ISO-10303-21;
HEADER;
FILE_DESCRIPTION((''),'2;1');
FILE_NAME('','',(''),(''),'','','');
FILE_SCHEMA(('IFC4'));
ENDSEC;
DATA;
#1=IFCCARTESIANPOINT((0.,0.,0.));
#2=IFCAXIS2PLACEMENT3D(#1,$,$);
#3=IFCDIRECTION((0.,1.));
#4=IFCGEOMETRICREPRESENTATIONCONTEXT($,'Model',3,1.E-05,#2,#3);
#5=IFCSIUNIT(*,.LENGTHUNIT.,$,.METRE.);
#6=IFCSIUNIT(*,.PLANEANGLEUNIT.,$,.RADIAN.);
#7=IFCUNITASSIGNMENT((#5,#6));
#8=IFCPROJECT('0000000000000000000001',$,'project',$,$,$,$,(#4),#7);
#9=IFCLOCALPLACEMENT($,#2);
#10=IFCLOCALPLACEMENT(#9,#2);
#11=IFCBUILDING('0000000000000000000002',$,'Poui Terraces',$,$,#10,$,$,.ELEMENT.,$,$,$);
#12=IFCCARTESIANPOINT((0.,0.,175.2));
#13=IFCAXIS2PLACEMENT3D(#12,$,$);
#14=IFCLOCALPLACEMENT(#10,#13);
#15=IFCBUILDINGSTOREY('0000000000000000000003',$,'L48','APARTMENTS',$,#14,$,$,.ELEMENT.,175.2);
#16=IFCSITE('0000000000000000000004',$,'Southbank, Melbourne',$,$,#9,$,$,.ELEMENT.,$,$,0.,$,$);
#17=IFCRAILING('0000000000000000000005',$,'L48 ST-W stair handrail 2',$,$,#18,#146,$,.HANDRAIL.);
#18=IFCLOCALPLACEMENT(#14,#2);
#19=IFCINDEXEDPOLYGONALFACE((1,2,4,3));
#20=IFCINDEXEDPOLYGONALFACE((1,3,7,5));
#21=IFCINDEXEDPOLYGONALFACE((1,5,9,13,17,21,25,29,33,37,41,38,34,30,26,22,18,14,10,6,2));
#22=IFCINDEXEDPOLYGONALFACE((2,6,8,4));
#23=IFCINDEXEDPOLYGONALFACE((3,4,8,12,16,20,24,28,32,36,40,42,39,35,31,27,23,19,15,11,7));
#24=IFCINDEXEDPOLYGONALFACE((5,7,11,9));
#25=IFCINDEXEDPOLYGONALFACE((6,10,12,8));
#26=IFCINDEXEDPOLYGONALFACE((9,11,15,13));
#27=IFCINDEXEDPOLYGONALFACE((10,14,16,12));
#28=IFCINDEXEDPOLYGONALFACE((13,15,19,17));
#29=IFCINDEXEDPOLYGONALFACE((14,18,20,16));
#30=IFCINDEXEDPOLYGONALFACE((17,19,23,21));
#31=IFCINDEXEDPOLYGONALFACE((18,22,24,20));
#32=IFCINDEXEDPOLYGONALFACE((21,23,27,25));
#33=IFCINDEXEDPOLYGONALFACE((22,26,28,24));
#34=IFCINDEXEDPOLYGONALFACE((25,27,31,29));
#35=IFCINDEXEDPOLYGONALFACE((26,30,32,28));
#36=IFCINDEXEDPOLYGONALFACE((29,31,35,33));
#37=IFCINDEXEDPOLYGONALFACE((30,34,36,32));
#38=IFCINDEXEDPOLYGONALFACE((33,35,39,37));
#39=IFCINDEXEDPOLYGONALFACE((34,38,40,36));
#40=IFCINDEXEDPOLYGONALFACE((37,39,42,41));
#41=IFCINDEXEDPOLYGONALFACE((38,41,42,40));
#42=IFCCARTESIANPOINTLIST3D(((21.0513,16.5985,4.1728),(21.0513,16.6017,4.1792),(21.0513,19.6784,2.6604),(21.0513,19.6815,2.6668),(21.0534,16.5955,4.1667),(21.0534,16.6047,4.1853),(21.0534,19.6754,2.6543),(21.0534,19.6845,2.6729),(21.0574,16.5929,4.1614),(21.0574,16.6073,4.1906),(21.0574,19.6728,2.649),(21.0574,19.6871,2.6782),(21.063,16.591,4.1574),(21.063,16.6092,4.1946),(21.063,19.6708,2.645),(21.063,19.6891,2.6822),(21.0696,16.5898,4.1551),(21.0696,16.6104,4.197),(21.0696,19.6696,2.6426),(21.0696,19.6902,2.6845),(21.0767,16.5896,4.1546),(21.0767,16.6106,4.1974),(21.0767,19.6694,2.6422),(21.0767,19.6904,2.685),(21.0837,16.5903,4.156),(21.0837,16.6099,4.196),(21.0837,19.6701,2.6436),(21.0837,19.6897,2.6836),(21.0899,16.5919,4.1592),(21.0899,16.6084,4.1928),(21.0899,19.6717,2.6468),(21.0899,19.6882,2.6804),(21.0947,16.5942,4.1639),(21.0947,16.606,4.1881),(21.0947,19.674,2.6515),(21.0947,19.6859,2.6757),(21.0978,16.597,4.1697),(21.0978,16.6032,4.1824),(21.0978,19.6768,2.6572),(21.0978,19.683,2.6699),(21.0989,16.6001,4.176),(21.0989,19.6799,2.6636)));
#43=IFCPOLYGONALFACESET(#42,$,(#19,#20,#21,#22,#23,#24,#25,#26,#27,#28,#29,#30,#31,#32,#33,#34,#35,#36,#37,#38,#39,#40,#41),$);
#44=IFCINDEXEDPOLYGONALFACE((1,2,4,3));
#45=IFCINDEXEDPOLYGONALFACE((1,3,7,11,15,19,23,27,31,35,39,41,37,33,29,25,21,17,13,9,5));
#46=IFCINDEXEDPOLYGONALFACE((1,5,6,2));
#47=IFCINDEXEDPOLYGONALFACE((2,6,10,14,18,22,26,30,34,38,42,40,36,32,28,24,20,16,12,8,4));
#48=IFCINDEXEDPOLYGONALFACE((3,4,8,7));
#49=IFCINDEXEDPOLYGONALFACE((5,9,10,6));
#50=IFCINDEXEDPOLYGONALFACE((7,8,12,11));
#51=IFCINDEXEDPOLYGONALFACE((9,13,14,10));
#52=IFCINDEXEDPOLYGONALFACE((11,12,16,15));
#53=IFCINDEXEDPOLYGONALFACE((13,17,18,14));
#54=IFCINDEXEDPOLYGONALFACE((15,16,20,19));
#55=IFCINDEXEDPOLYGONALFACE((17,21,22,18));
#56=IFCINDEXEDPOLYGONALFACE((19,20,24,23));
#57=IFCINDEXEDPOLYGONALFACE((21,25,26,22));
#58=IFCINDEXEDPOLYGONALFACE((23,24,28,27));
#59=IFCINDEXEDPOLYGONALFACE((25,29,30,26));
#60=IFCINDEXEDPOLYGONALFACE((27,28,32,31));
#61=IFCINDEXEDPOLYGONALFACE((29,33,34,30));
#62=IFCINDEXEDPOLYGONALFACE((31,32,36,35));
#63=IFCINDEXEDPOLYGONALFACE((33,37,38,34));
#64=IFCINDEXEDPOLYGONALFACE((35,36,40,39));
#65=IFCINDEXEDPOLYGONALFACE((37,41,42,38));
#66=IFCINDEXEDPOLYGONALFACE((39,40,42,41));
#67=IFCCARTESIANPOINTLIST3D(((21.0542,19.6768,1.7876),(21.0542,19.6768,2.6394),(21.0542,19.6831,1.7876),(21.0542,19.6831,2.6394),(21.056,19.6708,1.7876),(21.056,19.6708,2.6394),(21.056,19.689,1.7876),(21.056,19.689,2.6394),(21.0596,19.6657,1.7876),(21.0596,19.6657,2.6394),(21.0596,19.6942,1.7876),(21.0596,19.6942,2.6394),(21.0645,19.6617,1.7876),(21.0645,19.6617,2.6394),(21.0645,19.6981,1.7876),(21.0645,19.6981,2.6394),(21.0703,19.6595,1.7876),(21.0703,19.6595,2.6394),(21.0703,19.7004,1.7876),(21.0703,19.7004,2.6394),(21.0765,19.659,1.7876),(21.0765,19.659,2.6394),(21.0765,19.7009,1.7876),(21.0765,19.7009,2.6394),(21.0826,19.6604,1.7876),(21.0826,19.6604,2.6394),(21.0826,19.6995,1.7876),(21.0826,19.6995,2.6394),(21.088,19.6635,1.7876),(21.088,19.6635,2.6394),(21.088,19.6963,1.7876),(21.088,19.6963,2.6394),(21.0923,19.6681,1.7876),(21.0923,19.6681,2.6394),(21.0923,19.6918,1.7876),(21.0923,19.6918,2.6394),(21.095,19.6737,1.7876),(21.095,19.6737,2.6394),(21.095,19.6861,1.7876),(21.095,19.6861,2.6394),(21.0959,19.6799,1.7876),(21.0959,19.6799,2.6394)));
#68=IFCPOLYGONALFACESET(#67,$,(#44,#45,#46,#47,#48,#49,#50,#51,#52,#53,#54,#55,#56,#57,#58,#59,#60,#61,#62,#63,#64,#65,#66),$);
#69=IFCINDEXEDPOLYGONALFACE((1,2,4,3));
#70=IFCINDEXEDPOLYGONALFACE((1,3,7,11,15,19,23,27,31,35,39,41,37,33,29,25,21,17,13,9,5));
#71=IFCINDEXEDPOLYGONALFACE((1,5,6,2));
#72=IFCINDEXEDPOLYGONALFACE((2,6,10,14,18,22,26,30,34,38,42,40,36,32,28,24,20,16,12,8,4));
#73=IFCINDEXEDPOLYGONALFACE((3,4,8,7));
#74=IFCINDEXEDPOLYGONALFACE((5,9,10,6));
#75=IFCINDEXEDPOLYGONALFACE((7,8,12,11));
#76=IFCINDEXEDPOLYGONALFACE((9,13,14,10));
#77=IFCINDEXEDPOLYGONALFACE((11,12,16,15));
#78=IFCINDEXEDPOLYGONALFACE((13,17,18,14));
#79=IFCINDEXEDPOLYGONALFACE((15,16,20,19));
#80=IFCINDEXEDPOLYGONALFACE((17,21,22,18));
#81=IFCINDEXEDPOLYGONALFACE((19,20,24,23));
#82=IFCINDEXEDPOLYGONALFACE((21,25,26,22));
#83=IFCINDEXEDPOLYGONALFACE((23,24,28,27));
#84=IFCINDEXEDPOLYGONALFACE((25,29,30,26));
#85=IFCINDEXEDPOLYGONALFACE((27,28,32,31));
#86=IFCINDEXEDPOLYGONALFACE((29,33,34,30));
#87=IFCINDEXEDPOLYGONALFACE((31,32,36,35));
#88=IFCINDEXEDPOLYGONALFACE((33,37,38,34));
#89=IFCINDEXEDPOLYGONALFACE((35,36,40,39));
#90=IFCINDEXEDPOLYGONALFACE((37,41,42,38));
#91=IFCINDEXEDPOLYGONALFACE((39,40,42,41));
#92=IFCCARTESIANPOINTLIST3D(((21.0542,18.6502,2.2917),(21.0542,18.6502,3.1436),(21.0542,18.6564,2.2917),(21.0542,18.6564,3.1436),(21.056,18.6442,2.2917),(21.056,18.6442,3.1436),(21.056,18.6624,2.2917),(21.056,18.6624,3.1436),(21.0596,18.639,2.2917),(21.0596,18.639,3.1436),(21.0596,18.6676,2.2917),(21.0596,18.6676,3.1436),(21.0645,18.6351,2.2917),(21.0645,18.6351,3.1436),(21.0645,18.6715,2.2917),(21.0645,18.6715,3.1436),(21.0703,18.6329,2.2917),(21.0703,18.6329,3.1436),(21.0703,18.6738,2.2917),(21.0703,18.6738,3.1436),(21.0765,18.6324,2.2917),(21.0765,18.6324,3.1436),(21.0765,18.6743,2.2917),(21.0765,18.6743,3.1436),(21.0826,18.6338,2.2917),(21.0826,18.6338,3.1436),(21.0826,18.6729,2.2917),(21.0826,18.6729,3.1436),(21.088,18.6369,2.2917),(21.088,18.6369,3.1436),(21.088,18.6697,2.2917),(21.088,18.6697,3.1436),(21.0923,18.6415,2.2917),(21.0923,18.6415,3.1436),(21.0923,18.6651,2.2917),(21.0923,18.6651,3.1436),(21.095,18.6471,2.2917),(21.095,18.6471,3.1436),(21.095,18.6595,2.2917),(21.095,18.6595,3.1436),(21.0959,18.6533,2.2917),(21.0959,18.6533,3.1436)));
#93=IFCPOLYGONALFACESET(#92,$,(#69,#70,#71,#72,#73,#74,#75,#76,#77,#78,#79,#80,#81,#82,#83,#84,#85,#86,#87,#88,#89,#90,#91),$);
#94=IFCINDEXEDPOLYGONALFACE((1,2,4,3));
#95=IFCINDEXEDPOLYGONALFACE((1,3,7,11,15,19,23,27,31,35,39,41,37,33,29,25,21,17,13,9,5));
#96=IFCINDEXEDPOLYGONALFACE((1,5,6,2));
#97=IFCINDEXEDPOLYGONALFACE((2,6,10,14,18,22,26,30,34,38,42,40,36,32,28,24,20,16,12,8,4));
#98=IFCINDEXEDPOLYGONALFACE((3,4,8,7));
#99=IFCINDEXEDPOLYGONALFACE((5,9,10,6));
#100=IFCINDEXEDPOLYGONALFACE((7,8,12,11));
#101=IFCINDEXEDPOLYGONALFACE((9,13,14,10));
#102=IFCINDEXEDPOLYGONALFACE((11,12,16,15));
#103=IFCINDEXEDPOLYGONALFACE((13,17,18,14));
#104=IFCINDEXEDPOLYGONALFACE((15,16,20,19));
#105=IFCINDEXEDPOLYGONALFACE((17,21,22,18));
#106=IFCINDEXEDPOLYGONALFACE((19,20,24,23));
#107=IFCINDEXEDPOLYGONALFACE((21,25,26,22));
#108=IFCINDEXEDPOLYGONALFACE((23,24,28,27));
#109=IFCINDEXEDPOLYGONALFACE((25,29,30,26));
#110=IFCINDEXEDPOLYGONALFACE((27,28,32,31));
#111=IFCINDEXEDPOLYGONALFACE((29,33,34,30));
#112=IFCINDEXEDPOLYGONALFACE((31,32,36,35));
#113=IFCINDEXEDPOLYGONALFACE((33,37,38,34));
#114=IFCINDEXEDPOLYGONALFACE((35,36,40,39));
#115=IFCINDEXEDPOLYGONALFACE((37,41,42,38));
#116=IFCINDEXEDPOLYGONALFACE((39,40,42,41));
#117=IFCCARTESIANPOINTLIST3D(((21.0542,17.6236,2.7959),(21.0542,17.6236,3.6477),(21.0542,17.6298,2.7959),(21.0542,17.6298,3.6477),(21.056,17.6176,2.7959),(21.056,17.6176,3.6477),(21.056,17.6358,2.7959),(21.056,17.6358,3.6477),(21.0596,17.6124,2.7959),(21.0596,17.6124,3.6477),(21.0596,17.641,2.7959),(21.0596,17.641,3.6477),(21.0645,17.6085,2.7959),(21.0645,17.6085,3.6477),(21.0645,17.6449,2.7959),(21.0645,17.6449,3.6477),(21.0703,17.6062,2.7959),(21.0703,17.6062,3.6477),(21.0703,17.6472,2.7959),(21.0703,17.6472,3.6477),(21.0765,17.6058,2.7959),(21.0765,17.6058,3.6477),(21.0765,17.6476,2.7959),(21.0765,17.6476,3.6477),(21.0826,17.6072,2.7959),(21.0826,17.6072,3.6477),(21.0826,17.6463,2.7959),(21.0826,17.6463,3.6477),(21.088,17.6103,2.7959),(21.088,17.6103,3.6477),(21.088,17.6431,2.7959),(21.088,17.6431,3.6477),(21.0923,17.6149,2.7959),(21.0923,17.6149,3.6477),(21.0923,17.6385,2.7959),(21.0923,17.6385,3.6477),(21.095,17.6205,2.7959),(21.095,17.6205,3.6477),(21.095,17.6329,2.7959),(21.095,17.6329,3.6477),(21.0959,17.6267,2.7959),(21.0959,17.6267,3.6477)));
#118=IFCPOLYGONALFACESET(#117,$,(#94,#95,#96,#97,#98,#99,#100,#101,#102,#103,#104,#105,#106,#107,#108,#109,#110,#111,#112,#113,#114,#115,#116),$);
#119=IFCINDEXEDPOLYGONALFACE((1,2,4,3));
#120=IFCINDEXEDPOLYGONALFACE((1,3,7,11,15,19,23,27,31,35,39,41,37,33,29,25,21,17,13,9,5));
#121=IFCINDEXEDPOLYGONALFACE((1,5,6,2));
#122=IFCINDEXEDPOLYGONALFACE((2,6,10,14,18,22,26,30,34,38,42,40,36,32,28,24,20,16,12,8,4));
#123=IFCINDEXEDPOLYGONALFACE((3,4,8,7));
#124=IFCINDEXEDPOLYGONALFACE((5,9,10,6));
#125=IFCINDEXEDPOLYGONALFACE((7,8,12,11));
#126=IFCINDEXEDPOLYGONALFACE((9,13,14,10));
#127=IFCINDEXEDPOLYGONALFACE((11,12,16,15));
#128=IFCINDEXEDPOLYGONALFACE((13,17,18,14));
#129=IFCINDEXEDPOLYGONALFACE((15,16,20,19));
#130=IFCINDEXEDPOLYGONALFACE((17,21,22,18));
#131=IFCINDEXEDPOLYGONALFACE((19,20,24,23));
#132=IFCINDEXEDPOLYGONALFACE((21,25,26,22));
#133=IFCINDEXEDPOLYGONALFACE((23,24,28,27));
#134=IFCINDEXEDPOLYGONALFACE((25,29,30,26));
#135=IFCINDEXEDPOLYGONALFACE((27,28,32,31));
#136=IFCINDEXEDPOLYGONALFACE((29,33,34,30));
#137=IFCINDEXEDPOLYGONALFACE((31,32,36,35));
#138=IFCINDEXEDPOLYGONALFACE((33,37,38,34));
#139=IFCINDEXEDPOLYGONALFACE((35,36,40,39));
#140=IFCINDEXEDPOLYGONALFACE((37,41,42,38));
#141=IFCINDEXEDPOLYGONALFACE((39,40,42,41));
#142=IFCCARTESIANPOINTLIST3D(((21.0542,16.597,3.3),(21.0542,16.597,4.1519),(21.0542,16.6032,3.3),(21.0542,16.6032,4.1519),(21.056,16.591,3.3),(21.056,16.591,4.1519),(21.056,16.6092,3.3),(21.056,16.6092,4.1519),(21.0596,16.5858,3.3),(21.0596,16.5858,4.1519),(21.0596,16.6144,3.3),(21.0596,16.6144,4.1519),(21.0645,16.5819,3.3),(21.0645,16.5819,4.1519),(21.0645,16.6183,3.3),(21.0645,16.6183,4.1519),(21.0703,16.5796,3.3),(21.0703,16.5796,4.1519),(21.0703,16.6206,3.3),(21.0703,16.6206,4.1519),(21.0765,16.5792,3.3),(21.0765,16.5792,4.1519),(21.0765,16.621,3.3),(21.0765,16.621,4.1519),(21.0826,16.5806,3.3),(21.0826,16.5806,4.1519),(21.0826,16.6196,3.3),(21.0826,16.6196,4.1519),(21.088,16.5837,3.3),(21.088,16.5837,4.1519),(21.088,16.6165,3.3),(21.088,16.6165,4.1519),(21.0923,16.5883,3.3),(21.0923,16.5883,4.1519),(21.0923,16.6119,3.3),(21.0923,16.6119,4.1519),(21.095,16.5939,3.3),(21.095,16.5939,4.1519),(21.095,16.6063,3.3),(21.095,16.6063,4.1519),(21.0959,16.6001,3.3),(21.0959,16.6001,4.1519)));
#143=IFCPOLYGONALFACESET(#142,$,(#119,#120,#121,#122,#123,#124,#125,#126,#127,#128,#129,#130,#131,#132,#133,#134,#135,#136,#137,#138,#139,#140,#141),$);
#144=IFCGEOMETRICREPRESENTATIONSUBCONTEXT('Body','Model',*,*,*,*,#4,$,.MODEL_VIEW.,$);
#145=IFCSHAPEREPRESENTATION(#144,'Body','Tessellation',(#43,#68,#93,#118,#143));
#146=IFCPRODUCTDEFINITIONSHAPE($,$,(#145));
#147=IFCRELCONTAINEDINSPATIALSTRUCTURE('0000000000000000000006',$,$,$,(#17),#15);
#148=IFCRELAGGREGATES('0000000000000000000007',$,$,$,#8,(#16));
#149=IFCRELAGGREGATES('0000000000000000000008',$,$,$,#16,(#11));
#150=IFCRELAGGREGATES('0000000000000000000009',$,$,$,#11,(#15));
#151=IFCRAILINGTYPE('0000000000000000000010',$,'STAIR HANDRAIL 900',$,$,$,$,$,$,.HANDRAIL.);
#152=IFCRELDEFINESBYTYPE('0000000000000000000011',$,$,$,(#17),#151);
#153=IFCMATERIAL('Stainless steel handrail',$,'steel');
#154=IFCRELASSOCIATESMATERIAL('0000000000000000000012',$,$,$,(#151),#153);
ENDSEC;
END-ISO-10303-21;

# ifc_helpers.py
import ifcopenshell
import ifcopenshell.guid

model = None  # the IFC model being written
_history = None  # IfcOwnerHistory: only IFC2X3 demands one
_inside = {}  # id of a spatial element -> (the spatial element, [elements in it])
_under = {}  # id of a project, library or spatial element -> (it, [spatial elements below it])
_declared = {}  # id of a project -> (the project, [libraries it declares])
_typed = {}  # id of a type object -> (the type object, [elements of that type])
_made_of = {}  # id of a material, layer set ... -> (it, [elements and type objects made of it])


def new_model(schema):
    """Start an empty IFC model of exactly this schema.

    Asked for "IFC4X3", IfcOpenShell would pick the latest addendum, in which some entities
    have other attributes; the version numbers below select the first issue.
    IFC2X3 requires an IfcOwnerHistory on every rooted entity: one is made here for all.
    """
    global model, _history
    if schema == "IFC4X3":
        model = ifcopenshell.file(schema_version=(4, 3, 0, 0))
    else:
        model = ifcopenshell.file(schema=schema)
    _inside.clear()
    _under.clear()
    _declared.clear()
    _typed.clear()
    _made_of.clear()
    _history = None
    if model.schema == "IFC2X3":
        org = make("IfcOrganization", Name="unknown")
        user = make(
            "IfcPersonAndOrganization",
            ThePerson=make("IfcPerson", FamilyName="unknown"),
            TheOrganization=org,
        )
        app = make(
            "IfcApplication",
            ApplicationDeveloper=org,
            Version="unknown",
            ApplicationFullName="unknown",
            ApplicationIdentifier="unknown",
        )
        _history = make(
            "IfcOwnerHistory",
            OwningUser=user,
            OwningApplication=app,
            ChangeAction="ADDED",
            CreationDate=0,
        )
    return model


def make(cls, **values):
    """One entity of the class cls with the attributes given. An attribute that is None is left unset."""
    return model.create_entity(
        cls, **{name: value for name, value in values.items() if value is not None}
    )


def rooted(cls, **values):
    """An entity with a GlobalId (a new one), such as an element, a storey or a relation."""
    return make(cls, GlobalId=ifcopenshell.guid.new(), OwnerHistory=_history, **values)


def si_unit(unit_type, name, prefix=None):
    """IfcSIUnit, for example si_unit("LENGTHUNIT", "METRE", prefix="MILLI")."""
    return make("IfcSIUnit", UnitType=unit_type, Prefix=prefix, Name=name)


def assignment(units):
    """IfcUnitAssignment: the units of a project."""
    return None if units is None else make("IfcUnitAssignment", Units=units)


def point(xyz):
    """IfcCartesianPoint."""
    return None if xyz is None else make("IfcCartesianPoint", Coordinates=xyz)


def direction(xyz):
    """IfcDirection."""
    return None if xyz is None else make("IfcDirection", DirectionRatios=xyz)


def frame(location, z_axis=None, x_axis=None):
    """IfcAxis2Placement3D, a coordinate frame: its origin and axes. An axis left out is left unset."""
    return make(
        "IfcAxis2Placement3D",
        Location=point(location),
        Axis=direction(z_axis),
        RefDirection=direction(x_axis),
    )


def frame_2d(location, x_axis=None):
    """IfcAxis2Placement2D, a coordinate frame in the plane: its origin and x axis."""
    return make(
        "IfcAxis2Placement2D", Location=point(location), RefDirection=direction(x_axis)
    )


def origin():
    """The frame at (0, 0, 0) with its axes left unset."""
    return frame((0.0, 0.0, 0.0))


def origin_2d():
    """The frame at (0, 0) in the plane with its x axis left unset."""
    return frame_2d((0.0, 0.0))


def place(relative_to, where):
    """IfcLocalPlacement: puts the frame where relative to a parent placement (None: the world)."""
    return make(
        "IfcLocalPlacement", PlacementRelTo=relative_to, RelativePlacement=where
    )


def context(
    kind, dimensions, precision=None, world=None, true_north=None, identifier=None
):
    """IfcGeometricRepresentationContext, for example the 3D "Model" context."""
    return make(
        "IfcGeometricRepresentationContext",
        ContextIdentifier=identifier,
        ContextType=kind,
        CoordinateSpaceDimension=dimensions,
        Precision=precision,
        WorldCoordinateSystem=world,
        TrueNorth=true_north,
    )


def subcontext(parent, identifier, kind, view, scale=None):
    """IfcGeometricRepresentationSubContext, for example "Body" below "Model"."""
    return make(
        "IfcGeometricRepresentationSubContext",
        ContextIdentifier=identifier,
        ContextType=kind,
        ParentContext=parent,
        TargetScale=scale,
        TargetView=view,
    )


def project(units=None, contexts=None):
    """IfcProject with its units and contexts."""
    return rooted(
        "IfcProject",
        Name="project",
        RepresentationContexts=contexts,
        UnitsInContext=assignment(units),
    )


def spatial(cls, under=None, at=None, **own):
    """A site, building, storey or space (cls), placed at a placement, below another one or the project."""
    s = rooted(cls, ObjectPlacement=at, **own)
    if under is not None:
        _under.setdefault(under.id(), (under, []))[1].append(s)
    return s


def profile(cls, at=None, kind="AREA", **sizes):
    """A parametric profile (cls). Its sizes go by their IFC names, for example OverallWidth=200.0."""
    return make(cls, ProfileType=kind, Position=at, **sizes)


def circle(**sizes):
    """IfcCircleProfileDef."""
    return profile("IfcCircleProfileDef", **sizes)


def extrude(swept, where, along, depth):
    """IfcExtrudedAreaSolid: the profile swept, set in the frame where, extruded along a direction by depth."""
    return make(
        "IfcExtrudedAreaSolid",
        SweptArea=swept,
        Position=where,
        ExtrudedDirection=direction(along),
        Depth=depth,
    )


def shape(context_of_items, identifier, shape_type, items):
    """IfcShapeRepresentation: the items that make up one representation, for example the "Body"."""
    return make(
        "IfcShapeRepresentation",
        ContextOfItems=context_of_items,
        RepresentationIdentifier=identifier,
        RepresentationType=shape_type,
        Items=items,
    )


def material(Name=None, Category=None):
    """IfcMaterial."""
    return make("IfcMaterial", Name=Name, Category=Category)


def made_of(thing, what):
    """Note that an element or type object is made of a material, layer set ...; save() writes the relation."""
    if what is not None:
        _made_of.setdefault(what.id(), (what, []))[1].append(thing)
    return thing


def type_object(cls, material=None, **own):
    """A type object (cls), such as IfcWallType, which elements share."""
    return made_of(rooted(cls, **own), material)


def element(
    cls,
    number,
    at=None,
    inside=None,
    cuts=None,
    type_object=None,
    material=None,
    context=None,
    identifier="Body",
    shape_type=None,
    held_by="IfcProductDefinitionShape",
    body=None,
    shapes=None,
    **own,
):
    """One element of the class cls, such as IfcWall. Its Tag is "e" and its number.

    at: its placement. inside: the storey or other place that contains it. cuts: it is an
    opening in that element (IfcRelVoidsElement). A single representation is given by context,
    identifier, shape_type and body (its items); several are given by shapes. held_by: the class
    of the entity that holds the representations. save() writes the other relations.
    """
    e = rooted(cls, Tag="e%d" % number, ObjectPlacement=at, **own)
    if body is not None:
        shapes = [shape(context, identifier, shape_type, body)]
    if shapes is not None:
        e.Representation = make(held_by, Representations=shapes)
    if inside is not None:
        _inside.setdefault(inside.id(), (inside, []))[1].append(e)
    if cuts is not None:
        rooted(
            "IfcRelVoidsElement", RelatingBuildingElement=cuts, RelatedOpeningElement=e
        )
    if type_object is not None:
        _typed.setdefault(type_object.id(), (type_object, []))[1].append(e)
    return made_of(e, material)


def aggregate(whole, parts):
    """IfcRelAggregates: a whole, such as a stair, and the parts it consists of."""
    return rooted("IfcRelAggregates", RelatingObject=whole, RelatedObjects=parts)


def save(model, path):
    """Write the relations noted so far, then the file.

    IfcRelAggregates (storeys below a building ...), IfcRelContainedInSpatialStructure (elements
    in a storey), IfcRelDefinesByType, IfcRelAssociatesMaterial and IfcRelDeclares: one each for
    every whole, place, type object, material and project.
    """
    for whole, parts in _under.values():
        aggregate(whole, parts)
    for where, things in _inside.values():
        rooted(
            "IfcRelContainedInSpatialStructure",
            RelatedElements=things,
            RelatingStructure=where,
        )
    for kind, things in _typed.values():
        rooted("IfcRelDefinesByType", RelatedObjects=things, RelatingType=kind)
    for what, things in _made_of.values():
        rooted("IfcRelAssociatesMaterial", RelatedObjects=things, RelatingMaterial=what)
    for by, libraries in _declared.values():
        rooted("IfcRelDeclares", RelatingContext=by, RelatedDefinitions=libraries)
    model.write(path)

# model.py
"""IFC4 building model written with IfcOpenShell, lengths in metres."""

from ifc_helpers import new_model, si_unit, direction, frame, origin, origin_2d, place, context, subcontext, project, spatial, circle, extrude, material, type_object, element, save


model = new_model("IFC4")

# Units and contexts
model_context = context("Model", 3, precision=1e-05, world=origin(), true_north=direction((0.0, 1.0)))
body_context = subcontext(model_context, "Body", "Model", "MODEL_VIEW")
ifc_project = project(units=[si_unit("LENGTHUNIT", "METRE"), si_unit("PLANEANGLEUNIT", "RADIAN")], contexts=[model_context])

# Site, building, storey
site_placement = place(None, origin())
site = spatial("IfcSite", under=ifc_project, at=site_placement, Name="Southbank, Melbourne", CompositionType="ELEMENT", RefElevation=0.0)
building_placement = place(site_placement, origin())
building = spatial("IfcBuilding", under=site, at=building_placement, Name="Poui Terraces", CompositionType="ELEMENT")
storey_placement = place(building_placement, frame((0.0, 0.0, 175.2)))
storey = spatial("IfcBuildingStorey", under=building, at=storey_placement, Name="L48", Description="APARTMENTS", CompositionType="ELEMENT", Elevation=175.2)

# Railing
ifc_material_1 = material(Name="Stainless steel handrail", Category="steel")
railing_type_1 = type_object("IfcRailingType", Name="STAIR HANDRAIL 900", PredefinedType="HANDRAIL", material=ifc_material_1)
railing_1_placement = place(storey_placement, frame((21.075, 19.6799, 1.7876)))
element("IfcRailing", 1, at=railing_1_placement, inside=storey, type_object=railing_type_1, Name="L48 ST-W stair handrail 2", PredefinedType="HANDRAIL", context=body_context, shape_type="SweptSolid", body=[
    extrude(circle(Radius=0.0239, at=origin_2d()), frame((0.0, 0.0, 0.876), z_axis=(0.0, -0.897606, 0.440798), x_axis=(1.0, 0.0, 0.0)), (0.0, 0.0, 1.0), 3.4312),
    extrude(circle(Radius=0.021, at=origin_2d()), origin(), (0.0, 0.0, 1.0), 0.8518),
    extrude(circle(Radius=0.021, at=origin_2d()), frame((0.0, -1.0266, 0.5042)), (0.0, 0.0, 1.0), 0.8518),
    extrude(circle(Radius=0.021, at=origin_2d()), frame((0.0, -2.0532, 1.0083)), (0.0, 0.0, 1.0), 0.8518),
    extrude(circle(Radius=0.021, at=origin_2d()), frame((0.0, -3.0798, 1.5125)), (0.0, 0.0, 1.0), 0.8518),
])

save(model, "model.ifc")
